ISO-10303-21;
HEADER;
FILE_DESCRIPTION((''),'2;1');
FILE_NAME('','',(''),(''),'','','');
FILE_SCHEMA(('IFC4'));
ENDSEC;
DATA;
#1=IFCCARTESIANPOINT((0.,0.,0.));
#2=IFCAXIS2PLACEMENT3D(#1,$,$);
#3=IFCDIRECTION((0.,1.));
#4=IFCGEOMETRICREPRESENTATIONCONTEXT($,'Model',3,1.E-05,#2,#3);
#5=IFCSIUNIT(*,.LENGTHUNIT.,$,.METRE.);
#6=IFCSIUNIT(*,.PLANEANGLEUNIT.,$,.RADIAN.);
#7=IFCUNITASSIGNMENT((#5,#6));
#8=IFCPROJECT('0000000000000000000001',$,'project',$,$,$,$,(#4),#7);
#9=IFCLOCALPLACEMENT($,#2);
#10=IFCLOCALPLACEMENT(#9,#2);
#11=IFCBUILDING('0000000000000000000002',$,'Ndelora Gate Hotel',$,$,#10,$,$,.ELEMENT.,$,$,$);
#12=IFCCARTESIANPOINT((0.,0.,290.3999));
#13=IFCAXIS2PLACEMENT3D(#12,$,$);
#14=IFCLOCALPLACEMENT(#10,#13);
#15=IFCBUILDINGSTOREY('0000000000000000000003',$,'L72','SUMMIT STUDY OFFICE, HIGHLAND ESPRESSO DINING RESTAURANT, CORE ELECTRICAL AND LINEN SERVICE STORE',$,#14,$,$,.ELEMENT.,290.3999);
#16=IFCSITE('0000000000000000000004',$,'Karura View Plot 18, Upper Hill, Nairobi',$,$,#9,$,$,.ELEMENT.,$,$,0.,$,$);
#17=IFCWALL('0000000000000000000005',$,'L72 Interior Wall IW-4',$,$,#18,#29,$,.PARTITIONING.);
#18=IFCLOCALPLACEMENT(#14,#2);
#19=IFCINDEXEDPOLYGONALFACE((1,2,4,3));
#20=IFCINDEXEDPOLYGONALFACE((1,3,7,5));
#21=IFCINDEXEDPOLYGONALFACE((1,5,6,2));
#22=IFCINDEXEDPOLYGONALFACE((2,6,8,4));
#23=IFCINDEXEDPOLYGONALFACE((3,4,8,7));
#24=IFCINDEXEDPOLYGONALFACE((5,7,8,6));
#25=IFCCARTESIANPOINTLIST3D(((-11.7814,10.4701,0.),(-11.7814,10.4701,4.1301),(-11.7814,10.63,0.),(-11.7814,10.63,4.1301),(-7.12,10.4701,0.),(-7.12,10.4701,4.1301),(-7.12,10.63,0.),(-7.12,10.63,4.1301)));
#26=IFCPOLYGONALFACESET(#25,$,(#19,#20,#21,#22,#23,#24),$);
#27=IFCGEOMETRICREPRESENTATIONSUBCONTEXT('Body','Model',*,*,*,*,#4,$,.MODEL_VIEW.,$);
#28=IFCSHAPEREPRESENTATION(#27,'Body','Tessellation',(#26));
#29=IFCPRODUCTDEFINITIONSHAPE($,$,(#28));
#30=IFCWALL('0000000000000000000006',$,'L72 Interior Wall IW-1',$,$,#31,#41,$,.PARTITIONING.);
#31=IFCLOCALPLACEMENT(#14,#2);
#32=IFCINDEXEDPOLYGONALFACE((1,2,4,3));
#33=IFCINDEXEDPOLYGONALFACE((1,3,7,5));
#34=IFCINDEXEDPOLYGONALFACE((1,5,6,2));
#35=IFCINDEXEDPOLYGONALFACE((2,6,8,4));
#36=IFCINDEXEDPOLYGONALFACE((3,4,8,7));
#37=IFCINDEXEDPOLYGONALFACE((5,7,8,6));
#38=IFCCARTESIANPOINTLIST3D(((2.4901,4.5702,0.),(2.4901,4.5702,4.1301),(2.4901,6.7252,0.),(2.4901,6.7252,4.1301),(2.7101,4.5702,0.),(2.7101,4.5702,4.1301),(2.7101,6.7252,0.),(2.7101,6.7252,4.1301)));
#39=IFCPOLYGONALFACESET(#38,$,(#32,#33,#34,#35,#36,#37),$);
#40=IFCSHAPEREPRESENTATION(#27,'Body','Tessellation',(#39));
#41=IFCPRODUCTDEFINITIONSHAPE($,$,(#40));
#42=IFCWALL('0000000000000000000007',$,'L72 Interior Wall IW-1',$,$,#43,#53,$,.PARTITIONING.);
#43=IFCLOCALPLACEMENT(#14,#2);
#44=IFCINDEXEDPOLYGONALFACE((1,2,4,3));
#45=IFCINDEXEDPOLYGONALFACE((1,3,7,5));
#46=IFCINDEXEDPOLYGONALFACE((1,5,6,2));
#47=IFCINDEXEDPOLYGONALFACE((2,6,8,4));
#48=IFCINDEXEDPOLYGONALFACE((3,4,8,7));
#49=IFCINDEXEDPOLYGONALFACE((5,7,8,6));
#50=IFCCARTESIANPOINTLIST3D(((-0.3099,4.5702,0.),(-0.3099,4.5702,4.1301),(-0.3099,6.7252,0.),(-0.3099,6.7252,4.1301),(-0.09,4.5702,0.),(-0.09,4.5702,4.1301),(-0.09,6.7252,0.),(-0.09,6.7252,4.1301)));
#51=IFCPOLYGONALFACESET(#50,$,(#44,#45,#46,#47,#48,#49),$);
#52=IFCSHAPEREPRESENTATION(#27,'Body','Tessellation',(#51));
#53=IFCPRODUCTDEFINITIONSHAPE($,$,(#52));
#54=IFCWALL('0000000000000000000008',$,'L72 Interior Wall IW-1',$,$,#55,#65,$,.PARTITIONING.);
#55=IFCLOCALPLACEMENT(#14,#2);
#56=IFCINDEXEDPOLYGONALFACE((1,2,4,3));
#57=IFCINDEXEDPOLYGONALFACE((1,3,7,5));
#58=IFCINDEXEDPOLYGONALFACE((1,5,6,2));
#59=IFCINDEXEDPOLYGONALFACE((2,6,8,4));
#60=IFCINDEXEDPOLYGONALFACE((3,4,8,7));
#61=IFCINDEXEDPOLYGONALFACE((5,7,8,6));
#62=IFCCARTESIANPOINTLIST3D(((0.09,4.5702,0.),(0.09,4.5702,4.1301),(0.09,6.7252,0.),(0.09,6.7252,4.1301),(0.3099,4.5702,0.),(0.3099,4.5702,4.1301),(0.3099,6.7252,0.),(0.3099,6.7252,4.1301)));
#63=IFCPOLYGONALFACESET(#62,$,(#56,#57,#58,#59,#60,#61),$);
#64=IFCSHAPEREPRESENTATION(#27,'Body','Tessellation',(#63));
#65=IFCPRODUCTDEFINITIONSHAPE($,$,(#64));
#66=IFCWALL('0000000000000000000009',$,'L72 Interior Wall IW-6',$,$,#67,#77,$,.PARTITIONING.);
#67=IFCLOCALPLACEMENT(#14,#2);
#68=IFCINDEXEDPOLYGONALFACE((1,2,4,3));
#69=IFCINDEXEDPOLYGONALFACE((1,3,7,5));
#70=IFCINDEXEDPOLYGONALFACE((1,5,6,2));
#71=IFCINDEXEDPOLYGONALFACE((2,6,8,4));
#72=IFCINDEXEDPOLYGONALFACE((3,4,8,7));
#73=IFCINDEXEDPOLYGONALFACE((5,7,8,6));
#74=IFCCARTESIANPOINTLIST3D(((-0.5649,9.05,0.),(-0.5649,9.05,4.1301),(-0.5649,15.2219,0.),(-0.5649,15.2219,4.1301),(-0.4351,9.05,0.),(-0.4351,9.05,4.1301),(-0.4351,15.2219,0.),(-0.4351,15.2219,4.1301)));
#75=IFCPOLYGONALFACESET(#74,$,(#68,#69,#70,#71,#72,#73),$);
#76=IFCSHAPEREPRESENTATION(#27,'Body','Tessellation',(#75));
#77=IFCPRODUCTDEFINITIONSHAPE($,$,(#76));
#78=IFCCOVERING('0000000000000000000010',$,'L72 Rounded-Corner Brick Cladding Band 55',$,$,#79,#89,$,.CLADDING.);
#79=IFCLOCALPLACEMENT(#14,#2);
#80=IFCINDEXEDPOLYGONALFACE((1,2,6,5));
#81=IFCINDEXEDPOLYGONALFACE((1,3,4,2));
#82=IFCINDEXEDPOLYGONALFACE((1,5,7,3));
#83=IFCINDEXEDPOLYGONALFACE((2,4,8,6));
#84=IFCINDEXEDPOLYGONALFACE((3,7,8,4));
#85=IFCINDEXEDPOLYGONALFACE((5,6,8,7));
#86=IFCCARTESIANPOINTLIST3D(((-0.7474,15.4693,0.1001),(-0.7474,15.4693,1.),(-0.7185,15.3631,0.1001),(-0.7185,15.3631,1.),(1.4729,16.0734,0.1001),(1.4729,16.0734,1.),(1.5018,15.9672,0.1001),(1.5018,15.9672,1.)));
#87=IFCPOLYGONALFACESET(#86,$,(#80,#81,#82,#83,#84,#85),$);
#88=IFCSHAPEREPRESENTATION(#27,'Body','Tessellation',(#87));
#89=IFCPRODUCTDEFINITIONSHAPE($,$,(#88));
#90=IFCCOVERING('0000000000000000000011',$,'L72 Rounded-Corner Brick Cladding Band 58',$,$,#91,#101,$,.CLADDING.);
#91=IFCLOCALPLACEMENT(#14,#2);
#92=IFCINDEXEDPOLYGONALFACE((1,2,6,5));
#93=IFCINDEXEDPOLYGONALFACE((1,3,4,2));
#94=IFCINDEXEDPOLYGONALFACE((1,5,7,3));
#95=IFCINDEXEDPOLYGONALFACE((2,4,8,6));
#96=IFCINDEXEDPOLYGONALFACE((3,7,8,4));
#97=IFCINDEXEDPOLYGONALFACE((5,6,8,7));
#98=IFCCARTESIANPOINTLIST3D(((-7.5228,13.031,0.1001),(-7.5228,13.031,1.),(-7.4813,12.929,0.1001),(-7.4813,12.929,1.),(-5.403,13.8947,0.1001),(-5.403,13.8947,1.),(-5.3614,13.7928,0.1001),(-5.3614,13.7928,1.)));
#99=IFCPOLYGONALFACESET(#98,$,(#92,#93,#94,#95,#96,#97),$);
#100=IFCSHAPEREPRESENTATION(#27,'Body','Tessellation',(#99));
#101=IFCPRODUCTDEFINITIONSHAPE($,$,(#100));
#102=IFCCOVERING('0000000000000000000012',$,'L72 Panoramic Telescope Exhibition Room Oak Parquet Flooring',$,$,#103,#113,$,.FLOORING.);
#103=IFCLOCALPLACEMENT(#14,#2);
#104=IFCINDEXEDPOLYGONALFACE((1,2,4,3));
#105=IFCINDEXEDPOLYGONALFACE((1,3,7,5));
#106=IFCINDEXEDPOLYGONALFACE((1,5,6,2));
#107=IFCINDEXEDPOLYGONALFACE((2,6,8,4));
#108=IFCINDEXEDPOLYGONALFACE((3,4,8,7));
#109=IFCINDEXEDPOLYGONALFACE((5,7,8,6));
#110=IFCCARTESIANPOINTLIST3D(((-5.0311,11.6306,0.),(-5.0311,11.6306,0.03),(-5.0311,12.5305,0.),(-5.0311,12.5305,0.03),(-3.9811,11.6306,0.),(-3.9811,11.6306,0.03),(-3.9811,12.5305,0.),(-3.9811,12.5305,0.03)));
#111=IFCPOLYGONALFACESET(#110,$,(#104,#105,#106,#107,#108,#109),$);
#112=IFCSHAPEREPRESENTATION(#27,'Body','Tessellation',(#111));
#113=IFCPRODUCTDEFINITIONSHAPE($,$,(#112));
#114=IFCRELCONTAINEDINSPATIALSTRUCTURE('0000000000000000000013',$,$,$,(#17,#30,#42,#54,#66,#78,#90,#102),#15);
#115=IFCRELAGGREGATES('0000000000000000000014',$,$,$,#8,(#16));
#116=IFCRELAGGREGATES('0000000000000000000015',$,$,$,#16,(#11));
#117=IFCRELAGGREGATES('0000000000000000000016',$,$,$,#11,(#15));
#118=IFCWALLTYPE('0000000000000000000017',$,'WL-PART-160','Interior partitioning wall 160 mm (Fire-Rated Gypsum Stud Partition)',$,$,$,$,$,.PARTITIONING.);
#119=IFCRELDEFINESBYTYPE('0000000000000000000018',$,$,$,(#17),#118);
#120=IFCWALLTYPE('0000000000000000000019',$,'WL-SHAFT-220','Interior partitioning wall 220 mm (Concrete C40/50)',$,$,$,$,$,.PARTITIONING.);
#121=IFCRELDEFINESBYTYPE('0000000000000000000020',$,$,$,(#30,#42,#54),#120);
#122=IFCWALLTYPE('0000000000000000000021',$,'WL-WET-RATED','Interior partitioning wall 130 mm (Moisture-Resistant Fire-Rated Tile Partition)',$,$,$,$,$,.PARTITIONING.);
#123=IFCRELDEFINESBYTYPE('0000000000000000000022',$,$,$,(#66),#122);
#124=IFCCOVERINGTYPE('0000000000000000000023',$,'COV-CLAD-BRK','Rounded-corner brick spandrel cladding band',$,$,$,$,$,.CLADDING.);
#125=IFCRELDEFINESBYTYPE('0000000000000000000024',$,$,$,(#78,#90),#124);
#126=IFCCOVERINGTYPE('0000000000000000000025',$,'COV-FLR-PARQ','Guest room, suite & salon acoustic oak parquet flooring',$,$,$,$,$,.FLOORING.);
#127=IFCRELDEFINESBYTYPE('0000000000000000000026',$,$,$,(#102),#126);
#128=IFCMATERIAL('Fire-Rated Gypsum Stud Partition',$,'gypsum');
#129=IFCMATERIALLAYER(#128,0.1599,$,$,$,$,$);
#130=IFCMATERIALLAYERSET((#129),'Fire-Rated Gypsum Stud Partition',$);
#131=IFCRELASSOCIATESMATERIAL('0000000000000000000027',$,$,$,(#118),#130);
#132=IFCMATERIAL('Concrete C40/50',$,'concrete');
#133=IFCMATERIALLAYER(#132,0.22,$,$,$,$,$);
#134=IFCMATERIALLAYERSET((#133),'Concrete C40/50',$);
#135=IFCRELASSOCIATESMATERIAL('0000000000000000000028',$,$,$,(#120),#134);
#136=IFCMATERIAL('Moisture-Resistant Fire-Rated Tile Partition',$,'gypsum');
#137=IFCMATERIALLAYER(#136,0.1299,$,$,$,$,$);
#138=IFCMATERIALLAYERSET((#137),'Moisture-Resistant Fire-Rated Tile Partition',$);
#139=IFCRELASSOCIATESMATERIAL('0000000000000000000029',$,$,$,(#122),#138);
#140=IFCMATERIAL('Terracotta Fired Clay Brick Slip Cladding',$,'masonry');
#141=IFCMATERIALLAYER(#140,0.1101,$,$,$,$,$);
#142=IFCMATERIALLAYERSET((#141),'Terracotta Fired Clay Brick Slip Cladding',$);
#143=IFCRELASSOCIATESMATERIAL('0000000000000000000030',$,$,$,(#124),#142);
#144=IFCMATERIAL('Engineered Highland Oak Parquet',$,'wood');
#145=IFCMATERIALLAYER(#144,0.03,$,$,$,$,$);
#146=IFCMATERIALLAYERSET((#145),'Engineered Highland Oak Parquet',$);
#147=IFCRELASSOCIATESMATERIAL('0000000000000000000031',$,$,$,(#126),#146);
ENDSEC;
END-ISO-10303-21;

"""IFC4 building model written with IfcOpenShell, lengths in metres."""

from ifc_helpers import new_model, si_unit, direction, frame, frame_2d, origin, origin_2d, place, context, subcontext, project, spatial, rectangle, extrude, material, layer, layer_set, type_object, element, save


model = new_model("IFC4")

# Units and contexts
model_context = context("Model", 3, precision=1e-05, world=origin(), true_north=direction((0.0, 1.0)))
body_context = subcontext(model_context, "Body", "Model", "MODEL_VIEW")
ifc_project = project(units=[si_unit("LENGTHUNIT", "METRE"), si_unit("PLANEANGLEUNIT", "RADIAN")], contexts=[model_context])

# Site, building, storey
site_placement = place(None, origin())
site = spatial("IfcSite", under=ifc_project, at=site_placement, Name="Karura View Plot 18, Upper Hill, Nairobi", CompositionType="ELEMENT", RefElevation=0.0)
building_placement = place(site_placement, origin())
building = spatial("IfcBuilding", under=site, at=building_placement, Name="Ndelora Gate Hotel", CompositionType="ELEMENT")
storey_placement = place(building_placement, frame((0.0, 0.0, 290.3999)))
storey = spatial("IfcBuildingStorey", under=building, at=storey_placement, Name="L72", Description="SUMMIT STUDY OFFICE, HIGHLAND ESPRESSO DINING RESTAURANT, CORE ELECTRICAL AND LINEN SERVICE STORE", CompositionType="ELEMENT", Elevation=290.3999)

# Walls
ifc_material_1 = material(Name="Fire-Rated Gypsum Stud Partition", Category="gypsum")
ifc_layer_1 = layer(ifc_material_1, 0.1599)
ifc_layer_set_1 = layer_set([ifc_layer_1], Name="Fire-Rated Gypsum Stud Partition")
wall_type_1 = type_object("IfcWallType", Name="WL-PART-160", Description="Interior partitioning wall 160 mm (Fire-Rated Gypsum Stud Partition)", PredefinedType="PARTITIONING", material=ifc_layer_set_1)
wall_1_placement = place(storey_placement, frame((-7.1201, 10.55, 0.0), z_axis=(0.0, 0.0, 1.0), x_axis=(-1.0, 0.0, 0.0)))
element("IfcWall", 1, at=wall_1_placement, inside=storey, type_object=wall_type_1, Name="L72 Interior Wall IW-4", PredefinedType="PARTITIONING", context=body_context, shape_type="SweptSolid", body=[
    extrude(rectangle(XDim=4.6614, YDim=0.1599, at=frame_2d((2.3306, 0.0))), origin(), (0.0, 0.0, 1.0), 4.1301),
])
ifc_material_2 = material(Name="Concrete C40/50", Category="concrete")
ifc_layer_2 = layer(ifc_material_2, 0.22)
ifc_layer_set_2 = layer_set([ifc_layer_2], Name="Concrete C40/50")
wall_type_2 = type_object("IfcWallType", Name="WL-SHAFT-220", Description="Interior partitioning wall 220 mm (Concrete C40/50)", PredefinedType="PARTITIONING", material=ifc_layer_set_2)
for number, where, z_axis, x_axis, name in (
    (2, (2.6001, 4.5701, 0.0), (0.0, 0.0, 1.0), (0.0, 1.0, 0.0), "L72 Interior Wall IW-1"),
    (3, (-0.2, 4.5701, 0.0), (0.0, 0.0, 1.0), (0.0, 1.0, 0.0), "L72 Interior Wall IW-1"),
    (4, (0.2, 4.5701, 0.0), (0.0, 0.0, 1.0), (0.0, 1.0, 0.0), "L72 Interior Wall IW-1"),
):
    element("IfcWall", number, at=place(storey_placement, frame(where, z_axis=z_axis, x_axis=x_axis)), inside=storey, type_object=wall_type_2, Name=name, PredefinedType="PARTITIONING", context=body_context, shape_type="SweptSolid", body=[
        extrude(rectangle(XDim=2.155, YDim=0.22, at=frame_2d((1.0776, 0.0))), origin(), (0.0, 0.0, 1.0), 4.1301),
    ])
ifc_material_3 = material(Name="Moisture-Resistant Fire-Rated Tile Partition", Category="gypsum")
ifc_layer_3 = layer(ifc_material_3, 0.1299)
ifc_layer_set_3 = layer_set([ifc_layer_3], Name="Moisture-Resistant Fire-Rated Tile Partition")
wall_type_3 = type_object("IfcWallType", Name="WL-WET-RATED", Description="Interior partitioning wall 130 mm (Moisture-Resistant Fire-Rated Tile Partition)", PredefinedType="PARTITIONING", material=ifc_layer_set_3)
wall_2_placement = place(storey_placement, frame((-0.5, 9.05, 0.0), z_axis=(0.0, 0.0, 1.0), x_axis=(0.0, 1.0, 0.0)))
element("IfcWall", 5, at=wall_2_placement, inside=storey, type_object=wall_type_3, Name="L72 Interior Wall IW-6", PredefinedType="PARTITIONING", context=body_context, shape_type="SweptSolid", body=[
    extrude(rectangle(XDim=6.1719, YDim=0.1299, at=frame_2d((3.0859, 0.0))), origin(), (0.0, 0.0, 1.0), 4.1301),
])

# Coverings
ifc_material_4 = material(Name="Terracotta Fired Clay Brick Slip Cladding", Category="masonry")
ifc_layer_4 = layer(ifc_material_4, 0.1101)
ifc_layer_set_4 = layer_set([ifc_layer_4], Name="Terracotta Fired Clay Brick Slip Cladding")
covering_type_1 = type_object("IfcCoveringType", Name="COV-CLAD-BRK", Description="Rounded-corner brick spandrel cladding band", PredefinedType="CLADDING", material=ifc_layer_set_4)
covering_1_placement = place(storey_placement, frame((0.3772, 15.7183, 0.1001), z_axis=(0.0, 0.0, 1.0), x_axis=(0.964925, 0.262526, 0.0)))
element("IfcCovering", 6, at=covering_1_placement, inside=storey, type_object=covering_type_1, Name="L72 Rounded-Corner Brick Cladding Band 55", PredefinedType="CLADDING", context=body_context, shape_type="SweptSolid", body=[
    extrude(rectangle(XDim=2.301, YDim=0.1101, at=origin_2d()), origin(), (0.0, 0.0, 1.0), 0.8999),
])
covering_2_placement = place(storey_placement, frame((-6.4421, 13.4119, 0.1001), z_axis=(0.0, 0.0, 1.0), x_axis=(0.926068, 0.377356, 0.0)))
element("IfcCovering", 7, at=covering_2_placement, inside=storey, type_object=covering_type_1, Name="L72 Rounded-Corner Brick Cladding Band 58", PredefinedType="CLADDING", context=body_context, shape_type="SweptSolid", body=[
    extrude(rectangle(XDim=2.2891, YDim=0.1101, at=origin_2d()), origin(), (0.0, 0.0, 1.0), 0.8999),
])
ifc_material_5 = material(Name="Engineered Highland Oak Parquet", Category="wood")
ifc_layer_5 = layer(ifc_material_5, 0.03)
ifc_layer_set_5 = layer_set([ifc_layer_5], Name="Engineered Highland Oak Parquet")
covering_type_2 = type_object("IfcCoveringType", Name="COV-FLR-PARQ", Description="Guest room, suite & salon acoustic oak parquet flooring", PredefinedType="FLOORING", material=ifc_layer_set_5)
covering_3_placement = place(storey_placement, frame((-4.5061, 12.0806, 0.0), z_axis=(0.0, 0.0, 1.0), x_axis=(1.0, 0.0, 0.0)))
element("IfcCovering", 8, at=covering_3_placement, inside=storey, type_object=covering_type_2, Name="L72 Panoramic Telescope Exhibition Room Oak Parquet Flooring", PredefinedType="FLOORING", context=body_context, shape_type="SweptSolid", body=[
    extrude(rectangle(XDim=1.05, YDim=0.8999, at=origin_2d()), origin(), (0.0, 0.0, 1.0), 0.03),
])

save(model, "model.ifc")
